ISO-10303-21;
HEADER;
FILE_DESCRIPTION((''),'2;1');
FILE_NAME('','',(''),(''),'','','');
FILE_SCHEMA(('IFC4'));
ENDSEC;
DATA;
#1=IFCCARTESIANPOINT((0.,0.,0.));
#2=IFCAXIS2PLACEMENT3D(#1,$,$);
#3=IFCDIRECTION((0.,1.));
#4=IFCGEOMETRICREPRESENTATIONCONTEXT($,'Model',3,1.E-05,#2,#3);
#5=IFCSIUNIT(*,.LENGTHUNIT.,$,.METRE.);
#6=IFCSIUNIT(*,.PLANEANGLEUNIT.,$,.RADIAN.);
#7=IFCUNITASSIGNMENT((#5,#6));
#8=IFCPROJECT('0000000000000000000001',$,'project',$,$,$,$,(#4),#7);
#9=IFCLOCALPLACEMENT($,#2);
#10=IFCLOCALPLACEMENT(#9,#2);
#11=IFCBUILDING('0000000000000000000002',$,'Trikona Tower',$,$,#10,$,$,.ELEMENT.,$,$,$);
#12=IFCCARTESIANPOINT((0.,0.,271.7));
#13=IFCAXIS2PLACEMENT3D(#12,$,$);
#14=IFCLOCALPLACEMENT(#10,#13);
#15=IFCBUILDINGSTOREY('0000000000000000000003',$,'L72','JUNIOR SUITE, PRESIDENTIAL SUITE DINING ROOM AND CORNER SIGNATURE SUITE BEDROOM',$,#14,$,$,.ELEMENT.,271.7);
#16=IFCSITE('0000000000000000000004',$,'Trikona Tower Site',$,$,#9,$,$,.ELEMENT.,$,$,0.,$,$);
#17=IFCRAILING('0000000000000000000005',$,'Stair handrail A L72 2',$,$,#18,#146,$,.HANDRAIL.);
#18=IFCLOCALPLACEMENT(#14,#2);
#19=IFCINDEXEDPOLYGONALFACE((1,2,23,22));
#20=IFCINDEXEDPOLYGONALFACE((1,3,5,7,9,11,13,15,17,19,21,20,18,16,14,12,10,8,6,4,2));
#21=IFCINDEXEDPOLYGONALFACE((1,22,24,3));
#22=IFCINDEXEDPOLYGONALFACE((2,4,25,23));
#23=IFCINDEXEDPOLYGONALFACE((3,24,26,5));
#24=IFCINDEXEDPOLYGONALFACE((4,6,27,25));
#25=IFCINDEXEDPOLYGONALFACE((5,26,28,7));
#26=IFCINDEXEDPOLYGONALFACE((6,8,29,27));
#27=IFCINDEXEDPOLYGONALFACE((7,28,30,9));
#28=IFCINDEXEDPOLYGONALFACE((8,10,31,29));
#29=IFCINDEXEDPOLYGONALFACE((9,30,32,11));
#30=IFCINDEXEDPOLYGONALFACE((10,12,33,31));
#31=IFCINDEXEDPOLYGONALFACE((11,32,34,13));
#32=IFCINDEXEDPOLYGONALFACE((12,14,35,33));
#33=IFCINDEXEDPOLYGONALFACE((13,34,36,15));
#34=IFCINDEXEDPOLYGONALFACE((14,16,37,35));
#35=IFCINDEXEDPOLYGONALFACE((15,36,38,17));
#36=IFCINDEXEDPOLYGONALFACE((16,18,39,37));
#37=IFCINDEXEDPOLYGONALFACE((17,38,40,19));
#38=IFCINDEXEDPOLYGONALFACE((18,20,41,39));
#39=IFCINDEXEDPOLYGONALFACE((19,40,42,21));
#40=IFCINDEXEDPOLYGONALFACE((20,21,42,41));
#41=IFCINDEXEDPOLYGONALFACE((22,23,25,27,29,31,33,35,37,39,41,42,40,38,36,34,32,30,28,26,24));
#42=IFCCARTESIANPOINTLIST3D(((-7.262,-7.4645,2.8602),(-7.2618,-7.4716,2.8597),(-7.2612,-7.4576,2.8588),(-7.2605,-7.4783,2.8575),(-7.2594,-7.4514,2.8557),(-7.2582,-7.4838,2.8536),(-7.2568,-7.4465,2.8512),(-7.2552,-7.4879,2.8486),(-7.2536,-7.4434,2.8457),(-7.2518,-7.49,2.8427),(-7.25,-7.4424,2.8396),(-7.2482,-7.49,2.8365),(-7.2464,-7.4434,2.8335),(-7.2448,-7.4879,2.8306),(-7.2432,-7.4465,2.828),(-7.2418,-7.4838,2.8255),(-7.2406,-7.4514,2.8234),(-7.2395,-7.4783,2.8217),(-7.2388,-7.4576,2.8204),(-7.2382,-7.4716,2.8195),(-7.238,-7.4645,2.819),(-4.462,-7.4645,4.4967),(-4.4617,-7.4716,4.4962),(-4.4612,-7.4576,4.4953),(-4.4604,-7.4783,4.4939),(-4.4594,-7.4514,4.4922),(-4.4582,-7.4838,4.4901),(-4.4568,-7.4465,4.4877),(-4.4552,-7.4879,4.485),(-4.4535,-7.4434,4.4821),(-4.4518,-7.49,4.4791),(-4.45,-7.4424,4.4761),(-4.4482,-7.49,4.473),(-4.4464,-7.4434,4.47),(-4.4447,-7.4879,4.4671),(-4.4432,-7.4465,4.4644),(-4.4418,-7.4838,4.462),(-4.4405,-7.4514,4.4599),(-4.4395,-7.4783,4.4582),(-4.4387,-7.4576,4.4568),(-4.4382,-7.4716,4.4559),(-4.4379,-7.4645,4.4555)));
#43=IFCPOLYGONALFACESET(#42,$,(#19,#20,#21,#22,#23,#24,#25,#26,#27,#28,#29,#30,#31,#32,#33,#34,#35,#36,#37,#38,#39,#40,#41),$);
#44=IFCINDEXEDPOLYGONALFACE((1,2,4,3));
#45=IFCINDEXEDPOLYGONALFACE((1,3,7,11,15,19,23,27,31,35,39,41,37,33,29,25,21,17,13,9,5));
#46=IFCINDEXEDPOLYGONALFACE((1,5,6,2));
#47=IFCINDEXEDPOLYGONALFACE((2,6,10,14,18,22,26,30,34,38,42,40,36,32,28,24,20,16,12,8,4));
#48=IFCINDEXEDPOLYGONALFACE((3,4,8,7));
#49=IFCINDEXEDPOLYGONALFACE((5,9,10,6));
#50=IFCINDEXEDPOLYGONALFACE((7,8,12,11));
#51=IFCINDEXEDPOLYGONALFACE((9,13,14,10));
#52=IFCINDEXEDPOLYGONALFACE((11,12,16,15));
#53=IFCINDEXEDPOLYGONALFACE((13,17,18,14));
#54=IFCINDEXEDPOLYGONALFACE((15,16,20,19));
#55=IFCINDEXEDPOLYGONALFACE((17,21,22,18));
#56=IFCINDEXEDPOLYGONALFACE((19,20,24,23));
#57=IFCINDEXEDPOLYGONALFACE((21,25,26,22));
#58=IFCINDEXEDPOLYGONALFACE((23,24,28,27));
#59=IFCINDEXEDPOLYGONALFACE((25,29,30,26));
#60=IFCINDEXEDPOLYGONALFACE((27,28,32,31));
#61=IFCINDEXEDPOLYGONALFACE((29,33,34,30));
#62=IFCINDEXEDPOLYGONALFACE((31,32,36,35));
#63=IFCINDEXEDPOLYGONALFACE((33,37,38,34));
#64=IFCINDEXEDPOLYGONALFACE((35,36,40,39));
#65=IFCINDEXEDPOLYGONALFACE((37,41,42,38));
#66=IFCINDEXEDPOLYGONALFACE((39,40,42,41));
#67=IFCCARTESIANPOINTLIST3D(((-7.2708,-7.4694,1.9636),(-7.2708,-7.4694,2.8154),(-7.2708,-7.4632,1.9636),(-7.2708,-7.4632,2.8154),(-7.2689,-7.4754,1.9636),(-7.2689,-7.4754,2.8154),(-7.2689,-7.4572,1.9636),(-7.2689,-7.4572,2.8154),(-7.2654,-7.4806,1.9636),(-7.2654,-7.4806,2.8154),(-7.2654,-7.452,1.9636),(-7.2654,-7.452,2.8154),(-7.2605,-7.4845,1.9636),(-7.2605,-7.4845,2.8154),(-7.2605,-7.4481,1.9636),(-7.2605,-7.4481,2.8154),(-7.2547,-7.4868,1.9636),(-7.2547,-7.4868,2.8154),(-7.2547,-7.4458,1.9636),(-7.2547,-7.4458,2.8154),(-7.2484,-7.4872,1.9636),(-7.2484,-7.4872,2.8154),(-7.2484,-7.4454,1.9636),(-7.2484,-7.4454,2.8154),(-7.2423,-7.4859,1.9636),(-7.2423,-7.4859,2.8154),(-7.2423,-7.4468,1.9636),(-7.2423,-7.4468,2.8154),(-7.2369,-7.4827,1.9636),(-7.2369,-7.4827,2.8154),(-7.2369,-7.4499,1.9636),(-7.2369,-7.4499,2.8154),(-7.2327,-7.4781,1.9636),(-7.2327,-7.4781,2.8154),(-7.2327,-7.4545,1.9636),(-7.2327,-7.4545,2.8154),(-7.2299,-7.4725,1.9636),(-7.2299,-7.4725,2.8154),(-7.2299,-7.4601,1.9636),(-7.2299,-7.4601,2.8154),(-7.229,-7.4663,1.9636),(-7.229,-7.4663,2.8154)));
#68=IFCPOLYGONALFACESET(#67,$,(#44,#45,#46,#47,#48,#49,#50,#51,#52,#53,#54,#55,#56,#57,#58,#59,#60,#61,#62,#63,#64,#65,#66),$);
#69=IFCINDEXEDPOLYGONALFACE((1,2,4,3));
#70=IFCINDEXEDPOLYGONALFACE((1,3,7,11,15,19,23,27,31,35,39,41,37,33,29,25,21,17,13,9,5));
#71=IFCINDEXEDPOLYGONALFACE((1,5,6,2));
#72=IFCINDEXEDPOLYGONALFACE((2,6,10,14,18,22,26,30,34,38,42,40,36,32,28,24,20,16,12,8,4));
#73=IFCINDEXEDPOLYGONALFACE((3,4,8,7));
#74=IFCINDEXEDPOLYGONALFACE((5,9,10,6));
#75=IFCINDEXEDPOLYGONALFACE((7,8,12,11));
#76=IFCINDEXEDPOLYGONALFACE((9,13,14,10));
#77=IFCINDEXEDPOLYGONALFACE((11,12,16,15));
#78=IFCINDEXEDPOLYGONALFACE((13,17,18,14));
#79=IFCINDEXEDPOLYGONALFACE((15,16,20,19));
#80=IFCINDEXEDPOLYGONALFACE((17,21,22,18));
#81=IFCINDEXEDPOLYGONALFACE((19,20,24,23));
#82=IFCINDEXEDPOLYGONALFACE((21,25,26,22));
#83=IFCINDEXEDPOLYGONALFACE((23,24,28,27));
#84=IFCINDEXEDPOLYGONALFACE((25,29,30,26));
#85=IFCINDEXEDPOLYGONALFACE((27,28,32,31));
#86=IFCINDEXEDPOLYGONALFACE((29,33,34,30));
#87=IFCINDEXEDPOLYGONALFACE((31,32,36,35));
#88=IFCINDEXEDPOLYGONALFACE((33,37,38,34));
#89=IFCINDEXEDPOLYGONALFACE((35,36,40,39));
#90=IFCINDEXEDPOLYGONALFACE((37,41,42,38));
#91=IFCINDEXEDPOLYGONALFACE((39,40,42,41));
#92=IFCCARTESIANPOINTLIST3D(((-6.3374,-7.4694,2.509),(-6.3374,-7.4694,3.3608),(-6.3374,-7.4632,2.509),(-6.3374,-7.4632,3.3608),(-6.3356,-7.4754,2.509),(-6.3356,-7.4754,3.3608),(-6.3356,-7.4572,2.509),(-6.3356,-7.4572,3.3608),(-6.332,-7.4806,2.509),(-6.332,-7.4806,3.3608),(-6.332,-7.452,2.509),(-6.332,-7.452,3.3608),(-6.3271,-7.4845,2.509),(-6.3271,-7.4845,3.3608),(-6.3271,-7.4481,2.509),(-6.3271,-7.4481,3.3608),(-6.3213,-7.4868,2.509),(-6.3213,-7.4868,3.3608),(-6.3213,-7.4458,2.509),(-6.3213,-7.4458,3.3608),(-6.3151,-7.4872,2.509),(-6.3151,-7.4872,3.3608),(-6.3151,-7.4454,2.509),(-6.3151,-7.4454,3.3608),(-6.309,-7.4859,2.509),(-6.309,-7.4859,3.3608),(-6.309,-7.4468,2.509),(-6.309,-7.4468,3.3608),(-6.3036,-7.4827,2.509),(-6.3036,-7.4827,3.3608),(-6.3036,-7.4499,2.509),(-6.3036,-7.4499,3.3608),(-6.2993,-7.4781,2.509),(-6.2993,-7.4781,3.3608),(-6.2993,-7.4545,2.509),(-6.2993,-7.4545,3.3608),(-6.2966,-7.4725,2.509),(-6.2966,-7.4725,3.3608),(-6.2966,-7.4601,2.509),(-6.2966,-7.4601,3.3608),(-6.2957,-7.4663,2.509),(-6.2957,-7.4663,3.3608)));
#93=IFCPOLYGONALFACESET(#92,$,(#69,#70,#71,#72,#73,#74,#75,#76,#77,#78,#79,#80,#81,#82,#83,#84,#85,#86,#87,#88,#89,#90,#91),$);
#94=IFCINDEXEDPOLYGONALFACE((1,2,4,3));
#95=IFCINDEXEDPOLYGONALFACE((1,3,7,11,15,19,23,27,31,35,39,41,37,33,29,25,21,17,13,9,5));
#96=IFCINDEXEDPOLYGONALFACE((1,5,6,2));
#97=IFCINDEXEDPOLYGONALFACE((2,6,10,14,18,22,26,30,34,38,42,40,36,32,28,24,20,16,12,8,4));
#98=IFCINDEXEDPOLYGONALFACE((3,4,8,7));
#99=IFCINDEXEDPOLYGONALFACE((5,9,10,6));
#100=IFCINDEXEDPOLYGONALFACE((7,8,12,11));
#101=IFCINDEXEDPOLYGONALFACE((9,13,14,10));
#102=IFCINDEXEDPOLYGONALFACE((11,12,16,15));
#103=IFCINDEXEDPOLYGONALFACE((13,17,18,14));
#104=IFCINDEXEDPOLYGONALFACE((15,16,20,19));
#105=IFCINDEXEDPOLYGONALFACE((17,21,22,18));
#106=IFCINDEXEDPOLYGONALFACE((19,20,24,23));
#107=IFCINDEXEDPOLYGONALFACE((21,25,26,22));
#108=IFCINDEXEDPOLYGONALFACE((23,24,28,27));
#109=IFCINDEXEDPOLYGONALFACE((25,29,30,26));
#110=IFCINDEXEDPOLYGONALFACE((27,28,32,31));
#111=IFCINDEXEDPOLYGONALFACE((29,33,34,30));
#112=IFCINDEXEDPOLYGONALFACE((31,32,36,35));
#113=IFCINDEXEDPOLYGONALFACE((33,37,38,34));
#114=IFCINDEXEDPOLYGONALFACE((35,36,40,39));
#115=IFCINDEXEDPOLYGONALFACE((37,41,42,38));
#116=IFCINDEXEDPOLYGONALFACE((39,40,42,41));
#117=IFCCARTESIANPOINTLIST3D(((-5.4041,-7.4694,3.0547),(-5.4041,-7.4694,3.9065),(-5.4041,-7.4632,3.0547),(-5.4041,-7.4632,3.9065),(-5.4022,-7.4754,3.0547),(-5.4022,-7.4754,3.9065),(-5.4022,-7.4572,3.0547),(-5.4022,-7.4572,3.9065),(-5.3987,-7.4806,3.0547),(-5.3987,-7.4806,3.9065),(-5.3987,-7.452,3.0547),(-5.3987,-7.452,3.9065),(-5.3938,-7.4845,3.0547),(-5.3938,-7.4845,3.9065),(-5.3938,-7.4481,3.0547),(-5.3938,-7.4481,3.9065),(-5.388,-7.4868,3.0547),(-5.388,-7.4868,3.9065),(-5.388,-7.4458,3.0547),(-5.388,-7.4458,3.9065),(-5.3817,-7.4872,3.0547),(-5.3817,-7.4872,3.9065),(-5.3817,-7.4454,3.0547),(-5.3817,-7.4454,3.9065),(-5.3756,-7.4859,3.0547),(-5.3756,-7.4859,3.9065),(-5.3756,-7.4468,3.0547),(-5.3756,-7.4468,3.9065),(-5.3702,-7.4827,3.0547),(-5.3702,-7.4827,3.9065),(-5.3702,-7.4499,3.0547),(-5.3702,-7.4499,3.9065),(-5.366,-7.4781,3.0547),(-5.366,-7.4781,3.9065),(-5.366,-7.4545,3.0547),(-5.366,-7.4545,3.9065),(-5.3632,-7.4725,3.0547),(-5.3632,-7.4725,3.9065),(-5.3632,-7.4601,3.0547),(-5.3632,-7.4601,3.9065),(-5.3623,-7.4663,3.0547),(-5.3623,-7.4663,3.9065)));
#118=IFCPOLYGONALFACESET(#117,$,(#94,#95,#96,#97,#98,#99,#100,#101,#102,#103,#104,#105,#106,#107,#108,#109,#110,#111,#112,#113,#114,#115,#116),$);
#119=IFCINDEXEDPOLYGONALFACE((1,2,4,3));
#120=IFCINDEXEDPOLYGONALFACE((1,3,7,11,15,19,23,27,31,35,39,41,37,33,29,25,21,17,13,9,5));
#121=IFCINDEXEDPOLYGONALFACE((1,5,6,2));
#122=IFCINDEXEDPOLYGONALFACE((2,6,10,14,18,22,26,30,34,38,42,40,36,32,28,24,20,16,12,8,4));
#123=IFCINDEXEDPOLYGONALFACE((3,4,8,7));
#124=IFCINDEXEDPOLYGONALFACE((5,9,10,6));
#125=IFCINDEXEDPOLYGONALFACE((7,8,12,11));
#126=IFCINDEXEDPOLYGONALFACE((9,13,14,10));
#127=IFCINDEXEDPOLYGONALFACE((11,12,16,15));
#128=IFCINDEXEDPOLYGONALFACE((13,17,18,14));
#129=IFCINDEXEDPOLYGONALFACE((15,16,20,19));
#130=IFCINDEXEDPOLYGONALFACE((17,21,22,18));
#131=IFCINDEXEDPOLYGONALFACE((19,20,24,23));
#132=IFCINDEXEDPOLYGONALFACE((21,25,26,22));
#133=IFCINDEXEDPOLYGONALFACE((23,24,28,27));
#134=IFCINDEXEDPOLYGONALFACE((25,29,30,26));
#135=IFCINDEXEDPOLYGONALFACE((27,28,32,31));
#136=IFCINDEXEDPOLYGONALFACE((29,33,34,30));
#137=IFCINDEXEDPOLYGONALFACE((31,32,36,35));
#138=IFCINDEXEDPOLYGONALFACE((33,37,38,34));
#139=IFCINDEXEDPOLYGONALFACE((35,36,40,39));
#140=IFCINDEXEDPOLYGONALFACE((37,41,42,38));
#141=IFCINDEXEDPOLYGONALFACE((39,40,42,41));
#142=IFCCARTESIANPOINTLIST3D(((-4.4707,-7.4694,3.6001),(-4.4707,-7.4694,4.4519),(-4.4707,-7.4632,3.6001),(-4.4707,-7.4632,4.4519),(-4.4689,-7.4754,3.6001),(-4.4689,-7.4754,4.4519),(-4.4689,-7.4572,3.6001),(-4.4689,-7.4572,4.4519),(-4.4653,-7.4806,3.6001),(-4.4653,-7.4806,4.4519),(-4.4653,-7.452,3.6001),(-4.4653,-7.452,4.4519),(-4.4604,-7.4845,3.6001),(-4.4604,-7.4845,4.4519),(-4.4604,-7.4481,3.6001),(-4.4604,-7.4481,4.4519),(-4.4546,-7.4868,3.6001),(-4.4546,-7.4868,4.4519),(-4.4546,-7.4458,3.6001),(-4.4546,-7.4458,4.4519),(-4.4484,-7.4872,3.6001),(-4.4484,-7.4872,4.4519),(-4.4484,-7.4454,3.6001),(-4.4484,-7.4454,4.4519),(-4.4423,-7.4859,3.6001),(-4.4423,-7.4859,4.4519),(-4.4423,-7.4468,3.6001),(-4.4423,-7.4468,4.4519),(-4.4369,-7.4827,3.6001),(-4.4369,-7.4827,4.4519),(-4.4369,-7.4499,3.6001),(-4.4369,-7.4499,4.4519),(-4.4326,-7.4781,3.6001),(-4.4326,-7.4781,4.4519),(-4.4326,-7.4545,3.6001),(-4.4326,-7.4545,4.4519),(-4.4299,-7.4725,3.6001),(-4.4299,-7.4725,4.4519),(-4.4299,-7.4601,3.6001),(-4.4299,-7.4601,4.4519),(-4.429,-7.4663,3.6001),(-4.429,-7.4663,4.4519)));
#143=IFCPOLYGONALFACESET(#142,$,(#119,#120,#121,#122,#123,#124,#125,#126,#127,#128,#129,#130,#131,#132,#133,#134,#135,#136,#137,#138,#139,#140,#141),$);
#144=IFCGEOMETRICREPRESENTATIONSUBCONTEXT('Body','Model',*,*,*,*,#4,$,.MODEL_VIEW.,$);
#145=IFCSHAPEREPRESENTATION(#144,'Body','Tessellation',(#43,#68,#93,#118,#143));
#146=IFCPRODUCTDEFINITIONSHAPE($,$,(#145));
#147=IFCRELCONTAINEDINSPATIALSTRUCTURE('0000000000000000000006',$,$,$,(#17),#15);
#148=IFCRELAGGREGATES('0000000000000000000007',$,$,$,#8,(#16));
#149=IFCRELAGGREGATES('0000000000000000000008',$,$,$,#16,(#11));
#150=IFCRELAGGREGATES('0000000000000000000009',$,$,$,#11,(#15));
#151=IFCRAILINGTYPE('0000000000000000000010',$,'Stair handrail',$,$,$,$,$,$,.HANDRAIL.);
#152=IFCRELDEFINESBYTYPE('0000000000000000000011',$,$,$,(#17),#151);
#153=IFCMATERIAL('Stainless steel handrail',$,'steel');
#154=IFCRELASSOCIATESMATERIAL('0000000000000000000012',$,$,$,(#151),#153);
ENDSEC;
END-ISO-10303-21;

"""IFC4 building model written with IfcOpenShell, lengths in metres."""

from ifc_helpers import new_model, si_unit, direction, frame, origin, origin_2d, place, context, subcontext, project, spatial, circle, extrude, material, type_object, element, save


model = new_model("IFC4")

# Units and contexts
model_context = context("Model", 3, precision=1e-05, world=origin(), true_north=direction((0.0, 1.0)))
body_context = subcontext(model_context, "Body", "Model", "MODEL_VIEW")
ifc_project = project(units=[si_unit("LENGTHUNIT", "METRE"), si_unit("PLANEANGLEUNIT", "RADIAN")], contexts=[model_context])

# Site, building, storey
site_placement = place(None, origin())
site = spatial("IfcSite", under=ifc_project, at=site_placement, Name="Trikona Tower Site", CompositionType="ELEMENT", RefElevation=0.0)
building_placement = place(site_placement, origin())
building = spatial("IfcBuilding", under=site, at=building_placement, Name="Trikona Tower", CompositionType="ELEMENT")
storey_placement = place(building_placement, frame((0.0, 0.0, 271.7)))
storey = spatial("IfcBuildingStorey", under=building, at=storey_placement, Name="L72", Description="JUNIOR SUITE, PRESIDENTIAL SUITE DINING ROOM AND CORNER SIGNATURE SUITE BEDROOM", CompositionType="ELEMENT", Elevation=271.7)

# Railing
ifc_material_1 = material(Name="Stainless steel handrail", Category="steel")
railing_type = type_object("IfcRailingType", Name="Stair handrail", PredefinedType="HANDRAIL", material=ifc_material_1)
railing_1_placement = place(storey_placement, frame((-7.25, -7.4663, 1.9636)))
element("IfcRailing", 1, at=railing_1_placement, inside=storey, type_object=railing_type, Name="Stair handrail A L72 2", PredefinedType="HANDRAIL", context=body_context, shape_type="SweptSolid", body=[
    extrude(circle(Radius=0.0239, at=origin_2d()), frame((0.0, 0.0, 0.876), z_axis=(0.863361, 0.0, 0.504587), x_axis=(0.0, 1.0, 0.0)), (0.0, 0.0, 1.0), 3.2432),
    extrude(circle(Radius=0.021, at=origin_2d()), origin(), (0.0, 0.0, 1.0), 0.8518),
    extrude(circle(Radius=0.021, at=origin_2d()), frame((0.9333, 0.0, 0.5454)), (0.0, 0.0, 1.0), 0.8518),
    extrude(circle(Radius=0.021, at=origin_2d()), frame((1.8667, 0.0, 1.0911)), (0.0, 0.0, 1.0), 0.8518),
    extrude(circle(Radius=0.021, at=origin_2d()), frame((2.8, 0.0, 1.6365)), (0.0, 0.0, 1.0), 0.8518),
])

save(model, "model.ifc")
